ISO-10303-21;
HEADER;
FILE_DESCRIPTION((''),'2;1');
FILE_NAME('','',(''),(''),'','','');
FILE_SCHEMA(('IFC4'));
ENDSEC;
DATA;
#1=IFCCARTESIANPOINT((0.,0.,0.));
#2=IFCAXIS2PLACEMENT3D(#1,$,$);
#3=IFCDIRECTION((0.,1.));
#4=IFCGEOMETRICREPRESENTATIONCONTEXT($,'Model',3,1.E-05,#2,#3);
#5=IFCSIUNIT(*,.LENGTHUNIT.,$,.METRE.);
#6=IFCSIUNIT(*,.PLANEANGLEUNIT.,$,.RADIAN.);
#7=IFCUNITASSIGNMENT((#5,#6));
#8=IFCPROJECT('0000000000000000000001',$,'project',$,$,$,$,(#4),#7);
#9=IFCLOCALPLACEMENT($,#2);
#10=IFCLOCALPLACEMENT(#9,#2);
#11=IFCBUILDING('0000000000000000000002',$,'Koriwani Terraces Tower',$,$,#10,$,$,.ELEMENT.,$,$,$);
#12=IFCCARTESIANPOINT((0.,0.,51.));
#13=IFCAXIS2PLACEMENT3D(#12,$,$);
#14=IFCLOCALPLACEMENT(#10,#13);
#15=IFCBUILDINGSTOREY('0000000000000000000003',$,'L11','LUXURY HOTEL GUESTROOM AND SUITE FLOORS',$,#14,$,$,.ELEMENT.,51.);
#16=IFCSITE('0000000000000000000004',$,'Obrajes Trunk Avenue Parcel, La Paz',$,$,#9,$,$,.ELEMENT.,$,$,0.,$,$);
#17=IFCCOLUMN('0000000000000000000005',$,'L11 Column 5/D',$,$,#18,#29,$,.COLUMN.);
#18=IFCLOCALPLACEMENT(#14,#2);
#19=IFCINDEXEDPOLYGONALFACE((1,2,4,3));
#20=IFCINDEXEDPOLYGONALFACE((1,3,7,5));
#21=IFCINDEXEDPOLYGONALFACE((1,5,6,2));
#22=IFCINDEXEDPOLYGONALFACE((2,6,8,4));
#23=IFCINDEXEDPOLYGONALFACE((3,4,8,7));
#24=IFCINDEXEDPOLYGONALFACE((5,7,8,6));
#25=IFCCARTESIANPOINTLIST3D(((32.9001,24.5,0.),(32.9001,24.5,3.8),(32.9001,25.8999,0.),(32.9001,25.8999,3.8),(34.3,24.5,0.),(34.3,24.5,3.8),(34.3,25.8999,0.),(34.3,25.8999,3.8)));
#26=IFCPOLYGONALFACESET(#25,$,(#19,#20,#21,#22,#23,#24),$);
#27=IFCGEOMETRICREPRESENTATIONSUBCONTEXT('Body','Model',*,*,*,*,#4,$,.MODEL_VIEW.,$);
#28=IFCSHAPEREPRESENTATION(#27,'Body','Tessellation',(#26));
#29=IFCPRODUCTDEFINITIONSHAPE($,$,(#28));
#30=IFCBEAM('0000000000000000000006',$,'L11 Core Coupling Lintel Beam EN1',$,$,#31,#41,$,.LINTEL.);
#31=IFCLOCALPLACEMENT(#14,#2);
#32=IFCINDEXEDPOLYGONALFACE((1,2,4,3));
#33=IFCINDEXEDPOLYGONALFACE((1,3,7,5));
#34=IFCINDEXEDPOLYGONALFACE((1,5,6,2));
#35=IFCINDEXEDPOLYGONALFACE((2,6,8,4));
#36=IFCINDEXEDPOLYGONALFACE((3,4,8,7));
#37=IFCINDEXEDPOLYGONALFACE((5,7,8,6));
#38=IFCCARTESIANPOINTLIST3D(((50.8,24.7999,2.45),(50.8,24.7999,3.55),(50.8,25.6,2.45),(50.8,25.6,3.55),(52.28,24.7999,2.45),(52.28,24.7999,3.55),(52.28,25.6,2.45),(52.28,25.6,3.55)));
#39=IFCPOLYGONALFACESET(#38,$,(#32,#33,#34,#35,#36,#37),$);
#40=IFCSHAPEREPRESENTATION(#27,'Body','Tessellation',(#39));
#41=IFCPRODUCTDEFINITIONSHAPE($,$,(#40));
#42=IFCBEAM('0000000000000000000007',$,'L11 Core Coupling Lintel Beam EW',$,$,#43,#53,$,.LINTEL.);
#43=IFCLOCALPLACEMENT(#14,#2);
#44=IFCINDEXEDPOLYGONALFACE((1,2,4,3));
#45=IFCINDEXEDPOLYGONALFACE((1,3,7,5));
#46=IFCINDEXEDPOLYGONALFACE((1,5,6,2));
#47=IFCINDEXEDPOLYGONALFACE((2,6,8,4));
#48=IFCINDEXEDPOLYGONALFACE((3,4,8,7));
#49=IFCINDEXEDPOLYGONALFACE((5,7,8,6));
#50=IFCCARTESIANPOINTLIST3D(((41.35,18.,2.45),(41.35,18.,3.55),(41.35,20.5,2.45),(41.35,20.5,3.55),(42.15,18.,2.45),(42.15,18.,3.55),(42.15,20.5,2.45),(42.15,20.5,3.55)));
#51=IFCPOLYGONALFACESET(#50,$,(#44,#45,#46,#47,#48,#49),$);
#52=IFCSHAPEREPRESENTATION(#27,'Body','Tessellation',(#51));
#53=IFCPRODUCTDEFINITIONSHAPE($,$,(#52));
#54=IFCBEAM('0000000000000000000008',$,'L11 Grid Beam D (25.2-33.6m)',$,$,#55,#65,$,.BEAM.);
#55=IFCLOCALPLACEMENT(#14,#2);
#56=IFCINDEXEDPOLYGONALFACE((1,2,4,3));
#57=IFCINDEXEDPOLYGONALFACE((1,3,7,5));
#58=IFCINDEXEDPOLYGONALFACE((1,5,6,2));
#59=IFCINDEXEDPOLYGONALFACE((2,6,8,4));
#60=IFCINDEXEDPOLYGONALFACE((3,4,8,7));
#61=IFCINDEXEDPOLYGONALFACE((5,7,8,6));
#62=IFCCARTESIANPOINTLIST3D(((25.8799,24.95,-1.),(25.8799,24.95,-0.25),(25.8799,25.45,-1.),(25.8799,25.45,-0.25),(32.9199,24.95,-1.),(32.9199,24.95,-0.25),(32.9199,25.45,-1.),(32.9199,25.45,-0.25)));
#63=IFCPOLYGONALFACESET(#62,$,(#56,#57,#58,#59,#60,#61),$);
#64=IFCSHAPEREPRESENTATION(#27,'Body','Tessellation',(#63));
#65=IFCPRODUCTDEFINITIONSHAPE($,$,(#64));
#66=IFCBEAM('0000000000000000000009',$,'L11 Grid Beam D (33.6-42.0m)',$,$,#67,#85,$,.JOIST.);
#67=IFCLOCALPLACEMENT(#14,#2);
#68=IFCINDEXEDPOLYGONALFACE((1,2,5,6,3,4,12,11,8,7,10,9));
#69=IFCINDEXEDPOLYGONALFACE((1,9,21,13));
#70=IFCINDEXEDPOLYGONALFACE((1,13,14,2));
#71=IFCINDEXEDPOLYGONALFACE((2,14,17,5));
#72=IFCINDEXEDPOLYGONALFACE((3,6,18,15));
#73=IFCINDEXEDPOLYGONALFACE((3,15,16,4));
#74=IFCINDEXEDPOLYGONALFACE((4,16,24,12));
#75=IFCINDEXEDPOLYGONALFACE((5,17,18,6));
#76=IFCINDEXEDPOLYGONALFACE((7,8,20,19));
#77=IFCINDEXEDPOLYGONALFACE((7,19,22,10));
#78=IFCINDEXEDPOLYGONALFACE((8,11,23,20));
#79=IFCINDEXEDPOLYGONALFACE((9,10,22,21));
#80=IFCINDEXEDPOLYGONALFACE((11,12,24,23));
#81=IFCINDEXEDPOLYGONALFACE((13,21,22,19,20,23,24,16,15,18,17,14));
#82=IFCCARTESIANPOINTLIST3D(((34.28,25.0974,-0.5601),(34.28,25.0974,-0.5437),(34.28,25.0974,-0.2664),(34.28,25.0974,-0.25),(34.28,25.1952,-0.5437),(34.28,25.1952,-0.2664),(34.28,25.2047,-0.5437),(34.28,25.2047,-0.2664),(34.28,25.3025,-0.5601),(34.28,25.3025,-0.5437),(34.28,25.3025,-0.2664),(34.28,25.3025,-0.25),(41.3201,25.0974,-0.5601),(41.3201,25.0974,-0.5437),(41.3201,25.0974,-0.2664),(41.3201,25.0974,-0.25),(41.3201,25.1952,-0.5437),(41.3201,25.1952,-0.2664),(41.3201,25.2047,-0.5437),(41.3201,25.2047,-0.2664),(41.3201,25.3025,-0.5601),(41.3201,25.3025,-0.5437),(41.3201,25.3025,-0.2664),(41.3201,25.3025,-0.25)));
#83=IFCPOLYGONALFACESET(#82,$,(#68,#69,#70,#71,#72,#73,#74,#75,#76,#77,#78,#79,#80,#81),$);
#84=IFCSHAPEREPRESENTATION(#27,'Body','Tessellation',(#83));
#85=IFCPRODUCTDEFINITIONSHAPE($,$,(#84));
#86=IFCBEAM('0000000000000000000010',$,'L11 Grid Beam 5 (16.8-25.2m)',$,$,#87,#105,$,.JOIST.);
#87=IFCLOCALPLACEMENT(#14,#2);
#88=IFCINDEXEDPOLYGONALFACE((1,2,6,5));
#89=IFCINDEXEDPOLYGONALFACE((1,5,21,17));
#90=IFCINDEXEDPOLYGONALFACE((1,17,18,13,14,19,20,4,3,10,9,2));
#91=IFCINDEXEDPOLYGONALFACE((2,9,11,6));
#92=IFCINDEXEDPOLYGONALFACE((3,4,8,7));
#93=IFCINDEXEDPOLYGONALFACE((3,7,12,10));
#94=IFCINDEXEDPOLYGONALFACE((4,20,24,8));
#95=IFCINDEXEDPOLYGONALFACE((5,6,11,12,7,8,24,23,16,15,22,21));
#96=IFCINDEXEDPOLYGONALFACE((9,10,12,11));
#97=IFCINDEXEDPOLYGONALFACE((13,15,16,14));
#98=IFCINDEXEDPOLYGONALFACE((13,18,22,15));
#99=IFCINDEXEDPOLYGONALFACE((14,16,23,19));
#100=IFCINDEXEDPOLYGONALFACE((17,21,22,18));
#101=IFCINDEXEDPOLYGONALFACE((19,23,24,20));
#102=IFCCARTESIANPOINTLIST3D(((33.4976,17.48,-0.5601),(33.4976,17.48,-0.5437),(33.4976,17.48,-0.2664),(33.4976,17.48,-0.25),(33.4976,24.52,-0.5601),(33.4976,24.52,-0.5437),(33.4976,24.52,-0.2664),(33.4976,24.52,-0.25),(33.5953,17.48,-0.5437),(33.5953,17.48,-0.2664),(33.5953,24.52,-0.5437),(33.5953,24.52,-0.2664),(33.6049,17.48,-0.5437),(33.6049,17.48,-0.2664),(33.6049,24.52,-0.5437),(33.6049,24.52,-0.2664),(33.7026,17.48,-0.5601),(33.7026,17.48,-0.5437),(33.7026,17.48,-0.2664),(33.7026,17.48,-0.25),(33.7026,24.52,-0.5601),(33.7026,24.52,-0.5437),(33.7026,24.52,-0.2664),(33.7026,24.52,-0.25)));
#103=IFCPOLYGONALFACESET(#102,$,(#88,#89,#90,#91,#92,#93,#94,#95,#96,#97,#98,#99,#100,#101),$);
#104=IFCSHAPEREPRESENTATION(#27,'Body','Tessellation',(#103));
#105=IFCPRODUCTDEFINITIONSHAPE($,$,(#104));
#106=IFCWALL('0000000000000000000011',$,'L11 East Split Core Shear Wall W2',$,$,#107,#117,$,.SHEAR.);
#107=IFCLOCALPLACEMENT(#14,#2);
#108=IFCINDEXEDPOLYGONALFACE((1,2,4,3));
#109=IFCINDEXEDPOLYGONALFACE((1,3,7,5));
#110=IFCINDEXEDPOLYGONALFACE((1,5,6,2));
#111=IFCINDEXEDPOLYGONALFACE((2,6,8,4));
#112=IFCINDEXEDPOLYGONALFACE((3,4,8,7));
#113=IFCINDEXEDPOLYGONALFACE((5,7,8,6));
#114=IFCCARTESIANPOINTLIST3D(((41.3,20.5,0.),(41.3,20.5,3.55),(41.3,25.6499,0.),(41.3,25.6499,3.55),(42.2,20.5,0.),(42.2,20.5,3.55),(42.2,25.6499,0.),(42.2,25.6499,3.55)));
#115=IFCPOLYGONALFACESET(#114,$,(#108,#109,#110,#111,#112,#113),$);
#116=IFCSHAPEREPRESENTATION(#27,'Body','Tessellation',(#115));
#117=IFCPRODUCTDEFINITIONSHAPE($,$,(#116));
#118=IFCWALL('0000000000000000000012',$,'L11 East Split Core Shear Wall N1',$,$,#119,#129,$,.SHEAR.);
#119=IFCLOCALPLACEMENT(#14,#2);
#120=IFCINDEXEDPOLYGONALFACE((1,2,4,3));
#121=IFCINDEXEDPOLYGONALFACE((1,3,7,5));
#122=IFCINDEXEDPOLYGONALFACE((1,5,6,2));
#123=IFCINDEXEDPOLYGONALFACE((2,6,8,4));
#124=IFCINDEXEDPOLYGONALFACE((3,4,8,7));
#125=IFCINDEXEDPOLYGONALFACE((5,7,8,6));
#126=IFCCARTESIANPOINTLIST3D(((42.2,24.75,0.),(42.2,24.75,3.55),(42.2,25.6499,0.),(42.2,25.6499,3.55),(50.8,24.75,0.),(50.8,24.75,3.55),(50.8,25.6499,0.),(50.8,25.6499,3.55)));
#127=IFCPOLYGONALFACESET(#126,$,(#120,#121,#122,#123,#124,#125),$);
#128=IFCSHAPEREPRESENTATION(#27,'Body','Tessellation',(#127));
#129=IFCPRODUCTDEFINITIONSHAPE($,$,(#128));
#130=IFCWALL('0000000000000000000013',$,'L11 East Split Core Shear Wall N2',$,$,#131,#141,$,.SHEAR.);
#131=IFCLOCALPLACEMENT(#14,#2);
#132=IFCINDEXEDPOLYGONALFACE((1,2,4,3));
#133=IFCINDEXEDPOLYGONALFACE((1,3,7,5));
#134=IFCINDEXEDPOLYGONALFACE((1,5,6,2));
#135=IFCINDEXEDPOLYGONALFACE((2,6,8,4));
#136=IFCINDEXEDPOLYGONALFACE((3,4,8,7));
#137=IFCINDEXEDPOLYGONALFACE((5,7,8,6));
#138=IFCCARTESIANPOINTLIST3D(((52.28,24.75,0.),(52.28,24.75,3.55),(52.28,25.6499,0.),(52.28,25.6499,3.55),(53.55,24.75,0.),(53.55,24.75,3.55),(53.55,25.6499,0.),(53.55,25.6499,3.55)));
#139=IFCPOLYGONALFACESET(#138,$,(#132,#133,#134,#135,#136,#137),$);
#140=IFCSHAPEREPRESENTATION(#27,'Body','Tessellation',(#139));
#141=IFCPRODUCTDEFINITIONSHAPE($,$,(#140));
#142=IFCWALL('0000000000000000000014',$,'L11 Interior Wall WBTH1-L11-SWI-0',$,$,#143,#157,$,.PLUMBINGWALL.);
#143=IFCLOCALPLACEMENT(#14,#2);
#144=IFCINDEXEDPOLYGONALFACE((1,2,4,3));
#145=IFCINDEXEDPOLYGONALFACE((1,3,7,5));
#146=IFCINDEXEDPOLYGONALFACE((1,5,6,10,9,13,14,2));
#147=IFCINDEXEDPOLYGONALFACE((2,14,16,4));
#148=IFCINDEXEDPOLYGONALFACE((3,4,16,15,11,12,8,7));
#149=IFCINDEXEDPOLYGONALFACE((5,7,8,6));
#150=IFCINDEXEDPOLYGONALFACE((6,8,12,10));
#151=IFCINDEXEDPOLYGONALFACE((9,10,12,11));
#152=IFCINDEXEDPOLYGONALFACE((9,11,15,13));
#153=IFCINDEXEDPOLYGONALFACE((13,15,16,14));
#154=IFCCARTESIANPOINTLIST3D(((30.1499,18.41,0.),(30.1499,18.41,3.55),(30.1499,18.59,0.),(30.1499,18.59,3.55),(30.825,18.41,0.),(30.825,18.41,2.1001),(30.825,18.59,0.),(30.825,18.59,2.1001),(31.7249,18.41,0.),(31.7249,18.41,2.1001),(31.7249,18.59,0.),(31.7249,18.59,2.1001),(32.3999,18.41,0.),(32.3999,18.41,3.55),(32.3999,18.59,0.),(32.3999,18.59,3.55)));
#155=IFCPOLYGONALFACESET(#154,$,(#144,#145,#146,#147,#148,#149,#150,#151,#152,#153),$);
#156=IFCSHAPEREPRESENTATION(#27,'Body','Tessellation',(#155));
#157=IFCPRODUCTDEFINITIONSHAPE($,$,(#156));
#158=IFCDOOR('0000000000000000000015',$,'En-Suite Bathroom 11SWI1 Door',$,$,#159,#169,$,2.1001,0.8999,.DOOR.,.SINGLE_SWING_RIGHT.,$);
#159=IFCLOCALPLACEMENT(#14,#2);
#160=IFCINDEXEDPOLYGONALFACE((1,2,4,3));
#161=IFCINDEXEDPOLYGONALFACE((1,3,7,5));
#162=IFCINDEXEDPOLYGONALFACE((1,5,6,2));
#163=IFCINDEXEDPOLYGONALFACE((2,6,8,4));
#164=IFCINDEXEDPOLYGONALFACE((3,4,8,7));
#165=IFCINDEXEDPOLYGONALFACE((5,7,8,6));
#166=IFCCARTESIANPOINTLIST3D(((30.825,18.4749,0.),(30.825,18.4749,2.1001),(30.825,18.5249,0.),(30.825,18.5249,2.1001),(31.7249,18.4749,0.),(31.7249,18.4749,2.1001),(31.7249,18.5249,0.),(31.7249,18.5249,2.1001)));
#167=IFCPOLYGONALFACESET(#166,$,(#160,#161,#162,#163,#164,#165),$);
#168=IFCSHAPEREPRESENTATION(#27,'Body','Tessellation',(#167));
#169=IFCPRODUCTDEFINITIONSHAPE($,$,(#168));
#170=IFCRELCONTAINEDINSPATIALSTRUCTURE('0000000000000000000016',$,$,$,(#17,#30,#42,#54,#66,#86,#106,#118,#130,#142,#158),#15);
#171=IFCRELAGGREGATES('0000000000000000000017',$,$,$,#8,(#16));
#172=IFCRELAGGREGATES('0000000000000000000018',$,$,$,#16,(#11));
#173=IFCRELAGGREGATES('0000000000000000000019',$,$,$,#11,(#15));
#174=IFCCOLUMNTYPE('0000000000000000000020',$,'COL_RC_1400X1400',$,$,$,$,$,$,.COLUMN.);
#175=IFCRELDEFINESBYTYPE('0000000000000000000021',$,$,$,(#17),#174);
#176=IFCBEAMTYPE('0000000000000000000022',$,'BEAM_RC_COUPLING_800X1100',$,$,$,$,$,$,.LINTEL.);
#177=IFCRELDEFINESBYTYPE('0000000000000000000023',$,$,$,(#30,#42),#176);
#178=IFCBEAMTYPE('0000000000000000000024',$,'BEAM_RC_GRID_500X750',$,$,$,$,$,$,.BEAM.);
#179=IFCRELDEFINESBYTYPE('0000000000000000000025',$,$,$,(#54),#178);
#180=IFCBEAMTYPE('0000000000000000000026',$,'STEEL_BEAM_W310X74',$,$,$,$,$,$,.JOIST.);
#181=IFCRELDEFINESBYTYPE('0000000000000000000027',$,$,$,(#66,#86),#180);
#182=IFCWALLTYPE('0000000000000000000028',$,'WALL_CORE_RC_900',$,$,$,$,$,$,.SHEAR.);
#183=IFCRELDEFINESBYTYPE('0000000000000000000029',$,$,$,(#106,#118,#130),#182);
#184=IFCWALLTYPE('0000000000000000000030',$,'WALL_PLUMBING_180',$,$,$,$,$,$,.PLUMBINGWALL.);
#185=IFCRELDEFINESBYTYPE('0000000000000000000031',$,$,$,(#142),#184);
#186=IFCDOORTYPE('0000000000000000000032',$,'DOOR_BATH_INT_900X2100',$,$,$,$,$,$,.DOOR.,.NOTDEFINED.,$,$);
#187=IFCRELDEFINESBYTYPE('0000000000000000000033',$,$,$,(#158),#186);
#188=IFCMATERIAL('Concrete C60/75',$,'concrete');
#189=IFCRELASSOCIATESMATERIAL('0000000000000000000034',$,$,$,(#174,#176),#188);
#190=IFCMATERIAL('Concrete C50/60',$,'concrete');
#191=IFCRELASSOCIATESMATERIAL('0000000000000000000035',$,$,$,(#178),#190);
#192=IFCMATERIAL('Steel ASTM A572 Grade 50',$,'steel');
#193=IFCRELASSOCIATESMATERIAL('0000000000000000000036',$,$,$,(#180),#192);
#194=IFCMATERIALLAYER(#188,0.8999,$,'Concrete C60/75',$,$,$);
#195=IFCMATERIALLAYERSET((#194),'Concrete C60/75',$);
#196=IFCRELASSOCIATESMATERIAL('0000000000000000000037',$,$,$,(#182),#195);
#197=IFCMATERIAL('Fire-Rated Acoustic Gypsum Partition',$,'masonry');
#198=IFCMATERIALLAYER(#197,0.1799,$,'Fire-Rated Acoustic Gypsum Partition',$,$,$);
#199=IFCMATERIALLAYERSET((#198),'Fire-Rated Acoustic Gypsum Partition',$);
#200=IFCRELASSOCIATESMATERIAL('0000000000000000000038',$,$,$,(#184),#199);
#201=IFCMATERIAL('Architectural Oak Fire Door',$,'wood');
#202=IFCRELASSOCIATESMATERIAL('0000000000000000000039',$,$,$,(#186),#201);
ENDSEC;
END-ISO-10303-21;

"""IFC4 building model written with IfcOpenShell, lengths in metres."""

from ifc_helpers import new_model, si_unit, direction, frame, frame_2d, origin, origin_2d, place, context, subcontext, project, spatial, rectangle, i_section, extrude, material, layer, layer_set, material_profile, profile_set, type_object, element, fill, save


model = new_model("IFC4")

# Units and contexts
model_context = context("Model", 3, precision=1e-05, world=origin(), true_north=direction((0.0, 1.0)))
body_context = subcontext(model_context, "Body", "Model", "MODEL_VIEW")
ifc_project = project(units=[si_unit("LENGTHUNIT", "METRE"), si_unit("PLANEANGLEUNIT", "RADIAN")], contexts=[model_context])

# Site, building, storey
site_placement = place(None, origin())
site = spatial("IfcSite", under=ifc_project, at=site_placement, Name="Obrajes Trunk Avenue Parcel, La Paz", CompositionType="ELEMENT", RefElevation=0.0)
building_placement = place(site_placement, origin())
building = spatial("IfcBuilding", under=site, at=building_placement, Name="Koriwani Terraces Tower", CompositionType="ELEMENT")
storey_placement = place(building_placement, frame((0.0, 0.0, 51.0)))
storey = spatial("IfcBuildingStorey", under=building, at=storey_placement, Name="L11", Description="LUXURY HOTEL GUESTROOM AND SUITE FLOORS", CompositionType="ELEMENT", Elevation=51.0)

# Column
ifc_material_1 = material(Name="Concrete C60/75", Category="concrete")
ifc_material_profile_1 = material_profile(ifc_material_1, rectangle(XDim=1.3999, YDim=1.3999, at=origin_2d()), Name="Concrete C60/75", Category="LoadBearing")
ifc_profile_set_1 = profile_set([ifc_material_profile_1], Name="Concrete C60/75")
column_type = type_object("IfcColumnType", Name="COL_RC_1400X1400", PredefinedType="COLUMN", material=ifc_profile_set_1)
column_placement = place(storey_placement, frame((33.6001, 25.2, 0.0), z_axis=(0.0, 0.0, 1.0), x_axis=(1.0, 0.0, 0.0)))
element("IfcColumn", 1, at=column_placement, inside=storey, type_object=column_type, Name="L11 Column 5/D", PredefinedType="COLUMN", context=body_context, shape_type="SweptSolid", body=[
    extrude(rectangle(XDim=1.3999, YDim=1.3999, at=origin_2d()), origin(), (0.0, 0.0, 1.0), 3.8),
])

# Beams
ifc_material_profile_2 = material_profile(ifc_material_1, rectangle(XDim=0.8, YDim=1.1001, at=origin_2d()), Name="Concrete C60/75", Category="LoadBearing")
ifc_profile_set_2 = profile_set([ifc_material_profile_2], Name="Concrete C60/75")
beam_type_1 = type_object("IfcBeamType", Name="BEAM_RC_COUPLING_800X1100", PredefinedType="LINTEL", material=ifc_profile_set_2)
beam_1_placement = place(storey_placement, frame((50.8, 25.2, 3.0), z_axis=(1.0, 0.0, 0.0), x_axis=(0.0, 1.0, 0.0)))
element("IfcBeam", 2, at=beam_1_placement, inside=storey, type_object=beam_type_1, Name="L11 Core Coupling Lintel Beam EN1", PredefinedType="LINTEL", context=body_context, shape_type="SweptSolid", body=[
    extrude(rectangle(XDim=0.8, YDim=1.1001, at=origin_2d()), origin(), (0.0, 0.0, 1.0), 1.48),
])
beam_2_placement = place(storey_placement, frame((41.75, 18.0, 3.0), z_axis=(0.0, 1.0, 0.0), x_axis=(-1.0, 0.0, 0.0)))
element("IfcBeam", 3, at=beam_2_placement, inside=storey, type_object=beam_type_1, Name="L11 Core Coupling Lintel Beam EW", PredefinedType="LINTEL", context=body_context, shape_type="SweptSolid", body=[
    extrude(rectangle(XDim=0.8, YDim=1.1001, at=origin_2d()), origin(), (0.0, 0.0, 1.0), 2.5),
])
ifc_material_2 = material(Name="Concrete C50/60", Category="concrete")
ifc_material_profile_3 = material_profile(ifc_material_2, rectangle(XDim=0.5, YDim=0.75, at=origin_2d()), Name="Concrete C50/60", Category="LoadBearing")
ifc_profile_set_3 = profile_set([ifc_material_profile_3], Name="Concrete C50/60")
beam_type_2 = type_object("IfcBeamType", Name="BEAM_RC_GRID_500X750", PredefinedType="BEAM", material=ifc_profile_set_3)
beam_3_placement = place(storey_placement, frame((25.8799, 25.2, -0.625), z_axis=(1.0, 0.0, 0.0), x_axis=(0.0, 1.0, 0.0)))
element("IfcBeam", 4, at=beam_3_placement, inside=storey, type_object=beam_type_2, Name="L11 Grid Beam D (25.2-33.6m)", PredefinedType="BEAM", context=body_context, shape_type="SweptSolid", body=[
    extrude(rectangle(XDim=0.5, YDim=0.75, at=origin_2d()), origin(), (0.0, 0.0, 1.0), 7.04),
])
ifc_material_3 = material(Name="Steel ASTM A572 Grade 50", Category="steel")
ifc_material_profile_4 = material_profile(ifc_material_3, i_section(OverallWidth=0.2051, OverallDepth=0.3101, WebThickness=0.0095, FlangeThickness=0.0164, at=origin_2d()), Name="Steel ASTM A572 Grade 50", Category="LoadBearing")
ifc_profile_set_4 = profile_set([ifc_material_profile_4], Name="Steel ASTM A572 Grade 50")
beam_type_3 = type_object("IfcBeamType", Name="STEEL_BEAM_W310X74", PredefinedType="JOIST", material=ifc_profile_set_4)
for number, where, z_axis, x_axis, name in (
    (5, (34.28, 25.2, -0.405), (1.0, 0.0, 0.0), (0.0, 1.0, 0.0), "L11 Grid Beam D (33.6-42.0m)"),
    (6, (33.6001, 17.48, -0.405), (0.0, 1.0, 0.0), (-1.0, 0.0, 0.0), "L11 Grid Beam 5 (16.8-25.2m)"),
):
    element("IfcBeam", number, at=place(storey_placement, frame(where, z_axis=z_axis, x_axis=x_axis)), inside=storey, type_object=beam_type_3, Name=name, PredefinedType="JOIST", context=body_context, shape_type="SweptSolid", body=[
        extrude(i_section(OverallWidth=0.2051, OverallDepth=0.3101, WebThickness=0.0095, FlangeThickness=0.0164, at=origin_2d()), origin(), (0.0, 0.0, 1.0), 7.04),
    ])

# Walls
ifc_layer_1 = layer(ifc_material_1, 0.8999, Name="Concrete C60/75")
ifc_layer_set_1 = layer_set([ifc_layer_1], Name="Concrete C60/75")
wall_type_1 = type_object("IfcWallType", Name="WALL_CORE_RC_900", PredefinedType="SHEAR", material=ifc_layer_set_1)
wall_1_placement = place(storey_placement, frame((41.75, 20.5, 0.0), z_axis=(0.0, 0.0, 1.0), x_axis=(0.0, 1.0, 0.0)))
element("IfcWall", 7, at=wall_1_placement, inside=storey, type_object=wall_type_1, Name="L11 East Split Core Shear Wall W2", PredefinedType="SHEAR", context=body_context, shape_type="SweptSolid", body=[
    extrude(rectangle(XDim=5.1499, YDim=0.8999, at=frame_2d((2.575, 0.0))), origin(), (0.0, 0.0, 1.0), 3.55),
])
wall_2_placement = place(storey_placement, frame((42.2, 25.2, 0.0), z_axis=(0.0, 0.0, 1.0), x_axis=(1.0, 0.0, 0.0)))
element("IfcWall", 8, at=wall_2_placement, inside=storey, type_object=wall_type_1, Name="L11 East Split Core Shear Wall N1", PredefinedType="SHEAR", context=body_context, shape_type="SweptSolid", body=[
    extrude(rectangle(XDim=8.6001, YDim=0.8999, at=frame_2d((4.3, 0.0))), origin(), (0.0, 0.0, 1.0), 3.55),
])
wall_3_placement = place(storey_placement, frame((52.28, 25.2, 0.0), z_axis=(0.0, 0.0, 1.0), x_axis=(1.0, 0.0, 0.0)))
element("IfcWall", 9, at=wall_3_placement, inside=storey, type_object=wall_type_1, Name="L11 East Split Core Shear Wall N2", PredefinedType="SHEAR", context=body_context, shape_type="SweptSolid", body=[
    extrude(rectangle(XDim=1.27, YDim=0.8999, at=frame_2d((0.635, 0.0))), origin(), (0.0, 0.0, 1.0), 3.55),
])

# Wall, opening, door
ifc_material_4 = material(Name="Fire-Rated Acoustic Gypsum Partition", Category="masonry")
ifc_layer_2 = layer(ifc_material_4, 0.1799, Name="Fire-Rated Acoustic Gypsum Partition")
ifc_layer_set_2 = layer_set([ifc_layer_2], Name="Fire-Rated Acoustic Gypsum Partition")
wall_type_2 = type_object("IfcWallType", Name="WALL_PLUMBING_180", PredefinedType="PLUMBINGWALL", material=ifc_layer_set_2)
wall_4_placement = place(storey_placement, frame((30.1499, 18.5, 0.0), z_axis=(0.0, 0.0, 1.0), x_axis=(1.0, 0.0, 0.0)))
wall_4 = element("IfcWall", 10, at=wall_4_placement, inside=storey, type_object=wall_type_2, Name="L11 Interior Wall WBTH1-L11-SWI-0", PredefinedType="PLUMBINGWALL", context=body_context, shape_type="SweptSolid", body=[
    extrude(rectangle(XDim=2.25, YDim=0.1799, at=frame_2d((1.125, 0.0))), origin(), (0.0, 0.0, 1.0), 3.55),
])
opening_1_placement = place(wall_4_placement, frame((0.675, 0.0, 0.0)))
opening_1 = element("IfcOpeningElement", 11, at=opening_1_placement, cuts=wall_4, PredefinedType="OPENING", context=body_context, shape_type="SweptSolid", body=[
    extrude(rectangle(XDim=0.8999, YDim=2.1001, at=frame_2d((0.45, 1.05))), frame((0.0, 0.1001, 0.0), z_axis=(0.0, -1.0, 0.0), x_axis=(1.0, 0.0, 0.0)), (0.0, 0.0, 1.0), 0.2),
])
ifc_material_5 = material(Name="Architectural Oak Fire Door", Category="wood")
door_type_1 = type_object("IfcDoorType", Name="DOOR_BATH_INT_900X2100", OperationType="NOTDEFINED", PredefinedType="DOOR", material=ifc_material_5)
door_1_placement = place(opening_1_placement, origin())
door_1 = element("IfcDoor", 12, at=door_1_placement, inside=storey, type_object=door_type_1, Name="En-Suite Bathroom 11SWI1 Door", OperationType="SINGLE_SWING_RIGHT", OverallHeight=2.1001, OverallWidth=0.8999, PredefinedType="DOOR", context=body_context, shape_type="SweptSolid", body=[
    extrude(rectangle(XDim=0.8999, YDim=2.1001, at=frame_2d((0.45, 1.05))), frame((0.0, 0.0249, 0.0), z_axis=(0.0, -1.0, 0.0), x_axis=(1.0, 0.0, 0.0)), (0.0, 0.0, 1.0), 0.05),
])
fill(opening_1, door_1)

save(model, "model.ifc")
